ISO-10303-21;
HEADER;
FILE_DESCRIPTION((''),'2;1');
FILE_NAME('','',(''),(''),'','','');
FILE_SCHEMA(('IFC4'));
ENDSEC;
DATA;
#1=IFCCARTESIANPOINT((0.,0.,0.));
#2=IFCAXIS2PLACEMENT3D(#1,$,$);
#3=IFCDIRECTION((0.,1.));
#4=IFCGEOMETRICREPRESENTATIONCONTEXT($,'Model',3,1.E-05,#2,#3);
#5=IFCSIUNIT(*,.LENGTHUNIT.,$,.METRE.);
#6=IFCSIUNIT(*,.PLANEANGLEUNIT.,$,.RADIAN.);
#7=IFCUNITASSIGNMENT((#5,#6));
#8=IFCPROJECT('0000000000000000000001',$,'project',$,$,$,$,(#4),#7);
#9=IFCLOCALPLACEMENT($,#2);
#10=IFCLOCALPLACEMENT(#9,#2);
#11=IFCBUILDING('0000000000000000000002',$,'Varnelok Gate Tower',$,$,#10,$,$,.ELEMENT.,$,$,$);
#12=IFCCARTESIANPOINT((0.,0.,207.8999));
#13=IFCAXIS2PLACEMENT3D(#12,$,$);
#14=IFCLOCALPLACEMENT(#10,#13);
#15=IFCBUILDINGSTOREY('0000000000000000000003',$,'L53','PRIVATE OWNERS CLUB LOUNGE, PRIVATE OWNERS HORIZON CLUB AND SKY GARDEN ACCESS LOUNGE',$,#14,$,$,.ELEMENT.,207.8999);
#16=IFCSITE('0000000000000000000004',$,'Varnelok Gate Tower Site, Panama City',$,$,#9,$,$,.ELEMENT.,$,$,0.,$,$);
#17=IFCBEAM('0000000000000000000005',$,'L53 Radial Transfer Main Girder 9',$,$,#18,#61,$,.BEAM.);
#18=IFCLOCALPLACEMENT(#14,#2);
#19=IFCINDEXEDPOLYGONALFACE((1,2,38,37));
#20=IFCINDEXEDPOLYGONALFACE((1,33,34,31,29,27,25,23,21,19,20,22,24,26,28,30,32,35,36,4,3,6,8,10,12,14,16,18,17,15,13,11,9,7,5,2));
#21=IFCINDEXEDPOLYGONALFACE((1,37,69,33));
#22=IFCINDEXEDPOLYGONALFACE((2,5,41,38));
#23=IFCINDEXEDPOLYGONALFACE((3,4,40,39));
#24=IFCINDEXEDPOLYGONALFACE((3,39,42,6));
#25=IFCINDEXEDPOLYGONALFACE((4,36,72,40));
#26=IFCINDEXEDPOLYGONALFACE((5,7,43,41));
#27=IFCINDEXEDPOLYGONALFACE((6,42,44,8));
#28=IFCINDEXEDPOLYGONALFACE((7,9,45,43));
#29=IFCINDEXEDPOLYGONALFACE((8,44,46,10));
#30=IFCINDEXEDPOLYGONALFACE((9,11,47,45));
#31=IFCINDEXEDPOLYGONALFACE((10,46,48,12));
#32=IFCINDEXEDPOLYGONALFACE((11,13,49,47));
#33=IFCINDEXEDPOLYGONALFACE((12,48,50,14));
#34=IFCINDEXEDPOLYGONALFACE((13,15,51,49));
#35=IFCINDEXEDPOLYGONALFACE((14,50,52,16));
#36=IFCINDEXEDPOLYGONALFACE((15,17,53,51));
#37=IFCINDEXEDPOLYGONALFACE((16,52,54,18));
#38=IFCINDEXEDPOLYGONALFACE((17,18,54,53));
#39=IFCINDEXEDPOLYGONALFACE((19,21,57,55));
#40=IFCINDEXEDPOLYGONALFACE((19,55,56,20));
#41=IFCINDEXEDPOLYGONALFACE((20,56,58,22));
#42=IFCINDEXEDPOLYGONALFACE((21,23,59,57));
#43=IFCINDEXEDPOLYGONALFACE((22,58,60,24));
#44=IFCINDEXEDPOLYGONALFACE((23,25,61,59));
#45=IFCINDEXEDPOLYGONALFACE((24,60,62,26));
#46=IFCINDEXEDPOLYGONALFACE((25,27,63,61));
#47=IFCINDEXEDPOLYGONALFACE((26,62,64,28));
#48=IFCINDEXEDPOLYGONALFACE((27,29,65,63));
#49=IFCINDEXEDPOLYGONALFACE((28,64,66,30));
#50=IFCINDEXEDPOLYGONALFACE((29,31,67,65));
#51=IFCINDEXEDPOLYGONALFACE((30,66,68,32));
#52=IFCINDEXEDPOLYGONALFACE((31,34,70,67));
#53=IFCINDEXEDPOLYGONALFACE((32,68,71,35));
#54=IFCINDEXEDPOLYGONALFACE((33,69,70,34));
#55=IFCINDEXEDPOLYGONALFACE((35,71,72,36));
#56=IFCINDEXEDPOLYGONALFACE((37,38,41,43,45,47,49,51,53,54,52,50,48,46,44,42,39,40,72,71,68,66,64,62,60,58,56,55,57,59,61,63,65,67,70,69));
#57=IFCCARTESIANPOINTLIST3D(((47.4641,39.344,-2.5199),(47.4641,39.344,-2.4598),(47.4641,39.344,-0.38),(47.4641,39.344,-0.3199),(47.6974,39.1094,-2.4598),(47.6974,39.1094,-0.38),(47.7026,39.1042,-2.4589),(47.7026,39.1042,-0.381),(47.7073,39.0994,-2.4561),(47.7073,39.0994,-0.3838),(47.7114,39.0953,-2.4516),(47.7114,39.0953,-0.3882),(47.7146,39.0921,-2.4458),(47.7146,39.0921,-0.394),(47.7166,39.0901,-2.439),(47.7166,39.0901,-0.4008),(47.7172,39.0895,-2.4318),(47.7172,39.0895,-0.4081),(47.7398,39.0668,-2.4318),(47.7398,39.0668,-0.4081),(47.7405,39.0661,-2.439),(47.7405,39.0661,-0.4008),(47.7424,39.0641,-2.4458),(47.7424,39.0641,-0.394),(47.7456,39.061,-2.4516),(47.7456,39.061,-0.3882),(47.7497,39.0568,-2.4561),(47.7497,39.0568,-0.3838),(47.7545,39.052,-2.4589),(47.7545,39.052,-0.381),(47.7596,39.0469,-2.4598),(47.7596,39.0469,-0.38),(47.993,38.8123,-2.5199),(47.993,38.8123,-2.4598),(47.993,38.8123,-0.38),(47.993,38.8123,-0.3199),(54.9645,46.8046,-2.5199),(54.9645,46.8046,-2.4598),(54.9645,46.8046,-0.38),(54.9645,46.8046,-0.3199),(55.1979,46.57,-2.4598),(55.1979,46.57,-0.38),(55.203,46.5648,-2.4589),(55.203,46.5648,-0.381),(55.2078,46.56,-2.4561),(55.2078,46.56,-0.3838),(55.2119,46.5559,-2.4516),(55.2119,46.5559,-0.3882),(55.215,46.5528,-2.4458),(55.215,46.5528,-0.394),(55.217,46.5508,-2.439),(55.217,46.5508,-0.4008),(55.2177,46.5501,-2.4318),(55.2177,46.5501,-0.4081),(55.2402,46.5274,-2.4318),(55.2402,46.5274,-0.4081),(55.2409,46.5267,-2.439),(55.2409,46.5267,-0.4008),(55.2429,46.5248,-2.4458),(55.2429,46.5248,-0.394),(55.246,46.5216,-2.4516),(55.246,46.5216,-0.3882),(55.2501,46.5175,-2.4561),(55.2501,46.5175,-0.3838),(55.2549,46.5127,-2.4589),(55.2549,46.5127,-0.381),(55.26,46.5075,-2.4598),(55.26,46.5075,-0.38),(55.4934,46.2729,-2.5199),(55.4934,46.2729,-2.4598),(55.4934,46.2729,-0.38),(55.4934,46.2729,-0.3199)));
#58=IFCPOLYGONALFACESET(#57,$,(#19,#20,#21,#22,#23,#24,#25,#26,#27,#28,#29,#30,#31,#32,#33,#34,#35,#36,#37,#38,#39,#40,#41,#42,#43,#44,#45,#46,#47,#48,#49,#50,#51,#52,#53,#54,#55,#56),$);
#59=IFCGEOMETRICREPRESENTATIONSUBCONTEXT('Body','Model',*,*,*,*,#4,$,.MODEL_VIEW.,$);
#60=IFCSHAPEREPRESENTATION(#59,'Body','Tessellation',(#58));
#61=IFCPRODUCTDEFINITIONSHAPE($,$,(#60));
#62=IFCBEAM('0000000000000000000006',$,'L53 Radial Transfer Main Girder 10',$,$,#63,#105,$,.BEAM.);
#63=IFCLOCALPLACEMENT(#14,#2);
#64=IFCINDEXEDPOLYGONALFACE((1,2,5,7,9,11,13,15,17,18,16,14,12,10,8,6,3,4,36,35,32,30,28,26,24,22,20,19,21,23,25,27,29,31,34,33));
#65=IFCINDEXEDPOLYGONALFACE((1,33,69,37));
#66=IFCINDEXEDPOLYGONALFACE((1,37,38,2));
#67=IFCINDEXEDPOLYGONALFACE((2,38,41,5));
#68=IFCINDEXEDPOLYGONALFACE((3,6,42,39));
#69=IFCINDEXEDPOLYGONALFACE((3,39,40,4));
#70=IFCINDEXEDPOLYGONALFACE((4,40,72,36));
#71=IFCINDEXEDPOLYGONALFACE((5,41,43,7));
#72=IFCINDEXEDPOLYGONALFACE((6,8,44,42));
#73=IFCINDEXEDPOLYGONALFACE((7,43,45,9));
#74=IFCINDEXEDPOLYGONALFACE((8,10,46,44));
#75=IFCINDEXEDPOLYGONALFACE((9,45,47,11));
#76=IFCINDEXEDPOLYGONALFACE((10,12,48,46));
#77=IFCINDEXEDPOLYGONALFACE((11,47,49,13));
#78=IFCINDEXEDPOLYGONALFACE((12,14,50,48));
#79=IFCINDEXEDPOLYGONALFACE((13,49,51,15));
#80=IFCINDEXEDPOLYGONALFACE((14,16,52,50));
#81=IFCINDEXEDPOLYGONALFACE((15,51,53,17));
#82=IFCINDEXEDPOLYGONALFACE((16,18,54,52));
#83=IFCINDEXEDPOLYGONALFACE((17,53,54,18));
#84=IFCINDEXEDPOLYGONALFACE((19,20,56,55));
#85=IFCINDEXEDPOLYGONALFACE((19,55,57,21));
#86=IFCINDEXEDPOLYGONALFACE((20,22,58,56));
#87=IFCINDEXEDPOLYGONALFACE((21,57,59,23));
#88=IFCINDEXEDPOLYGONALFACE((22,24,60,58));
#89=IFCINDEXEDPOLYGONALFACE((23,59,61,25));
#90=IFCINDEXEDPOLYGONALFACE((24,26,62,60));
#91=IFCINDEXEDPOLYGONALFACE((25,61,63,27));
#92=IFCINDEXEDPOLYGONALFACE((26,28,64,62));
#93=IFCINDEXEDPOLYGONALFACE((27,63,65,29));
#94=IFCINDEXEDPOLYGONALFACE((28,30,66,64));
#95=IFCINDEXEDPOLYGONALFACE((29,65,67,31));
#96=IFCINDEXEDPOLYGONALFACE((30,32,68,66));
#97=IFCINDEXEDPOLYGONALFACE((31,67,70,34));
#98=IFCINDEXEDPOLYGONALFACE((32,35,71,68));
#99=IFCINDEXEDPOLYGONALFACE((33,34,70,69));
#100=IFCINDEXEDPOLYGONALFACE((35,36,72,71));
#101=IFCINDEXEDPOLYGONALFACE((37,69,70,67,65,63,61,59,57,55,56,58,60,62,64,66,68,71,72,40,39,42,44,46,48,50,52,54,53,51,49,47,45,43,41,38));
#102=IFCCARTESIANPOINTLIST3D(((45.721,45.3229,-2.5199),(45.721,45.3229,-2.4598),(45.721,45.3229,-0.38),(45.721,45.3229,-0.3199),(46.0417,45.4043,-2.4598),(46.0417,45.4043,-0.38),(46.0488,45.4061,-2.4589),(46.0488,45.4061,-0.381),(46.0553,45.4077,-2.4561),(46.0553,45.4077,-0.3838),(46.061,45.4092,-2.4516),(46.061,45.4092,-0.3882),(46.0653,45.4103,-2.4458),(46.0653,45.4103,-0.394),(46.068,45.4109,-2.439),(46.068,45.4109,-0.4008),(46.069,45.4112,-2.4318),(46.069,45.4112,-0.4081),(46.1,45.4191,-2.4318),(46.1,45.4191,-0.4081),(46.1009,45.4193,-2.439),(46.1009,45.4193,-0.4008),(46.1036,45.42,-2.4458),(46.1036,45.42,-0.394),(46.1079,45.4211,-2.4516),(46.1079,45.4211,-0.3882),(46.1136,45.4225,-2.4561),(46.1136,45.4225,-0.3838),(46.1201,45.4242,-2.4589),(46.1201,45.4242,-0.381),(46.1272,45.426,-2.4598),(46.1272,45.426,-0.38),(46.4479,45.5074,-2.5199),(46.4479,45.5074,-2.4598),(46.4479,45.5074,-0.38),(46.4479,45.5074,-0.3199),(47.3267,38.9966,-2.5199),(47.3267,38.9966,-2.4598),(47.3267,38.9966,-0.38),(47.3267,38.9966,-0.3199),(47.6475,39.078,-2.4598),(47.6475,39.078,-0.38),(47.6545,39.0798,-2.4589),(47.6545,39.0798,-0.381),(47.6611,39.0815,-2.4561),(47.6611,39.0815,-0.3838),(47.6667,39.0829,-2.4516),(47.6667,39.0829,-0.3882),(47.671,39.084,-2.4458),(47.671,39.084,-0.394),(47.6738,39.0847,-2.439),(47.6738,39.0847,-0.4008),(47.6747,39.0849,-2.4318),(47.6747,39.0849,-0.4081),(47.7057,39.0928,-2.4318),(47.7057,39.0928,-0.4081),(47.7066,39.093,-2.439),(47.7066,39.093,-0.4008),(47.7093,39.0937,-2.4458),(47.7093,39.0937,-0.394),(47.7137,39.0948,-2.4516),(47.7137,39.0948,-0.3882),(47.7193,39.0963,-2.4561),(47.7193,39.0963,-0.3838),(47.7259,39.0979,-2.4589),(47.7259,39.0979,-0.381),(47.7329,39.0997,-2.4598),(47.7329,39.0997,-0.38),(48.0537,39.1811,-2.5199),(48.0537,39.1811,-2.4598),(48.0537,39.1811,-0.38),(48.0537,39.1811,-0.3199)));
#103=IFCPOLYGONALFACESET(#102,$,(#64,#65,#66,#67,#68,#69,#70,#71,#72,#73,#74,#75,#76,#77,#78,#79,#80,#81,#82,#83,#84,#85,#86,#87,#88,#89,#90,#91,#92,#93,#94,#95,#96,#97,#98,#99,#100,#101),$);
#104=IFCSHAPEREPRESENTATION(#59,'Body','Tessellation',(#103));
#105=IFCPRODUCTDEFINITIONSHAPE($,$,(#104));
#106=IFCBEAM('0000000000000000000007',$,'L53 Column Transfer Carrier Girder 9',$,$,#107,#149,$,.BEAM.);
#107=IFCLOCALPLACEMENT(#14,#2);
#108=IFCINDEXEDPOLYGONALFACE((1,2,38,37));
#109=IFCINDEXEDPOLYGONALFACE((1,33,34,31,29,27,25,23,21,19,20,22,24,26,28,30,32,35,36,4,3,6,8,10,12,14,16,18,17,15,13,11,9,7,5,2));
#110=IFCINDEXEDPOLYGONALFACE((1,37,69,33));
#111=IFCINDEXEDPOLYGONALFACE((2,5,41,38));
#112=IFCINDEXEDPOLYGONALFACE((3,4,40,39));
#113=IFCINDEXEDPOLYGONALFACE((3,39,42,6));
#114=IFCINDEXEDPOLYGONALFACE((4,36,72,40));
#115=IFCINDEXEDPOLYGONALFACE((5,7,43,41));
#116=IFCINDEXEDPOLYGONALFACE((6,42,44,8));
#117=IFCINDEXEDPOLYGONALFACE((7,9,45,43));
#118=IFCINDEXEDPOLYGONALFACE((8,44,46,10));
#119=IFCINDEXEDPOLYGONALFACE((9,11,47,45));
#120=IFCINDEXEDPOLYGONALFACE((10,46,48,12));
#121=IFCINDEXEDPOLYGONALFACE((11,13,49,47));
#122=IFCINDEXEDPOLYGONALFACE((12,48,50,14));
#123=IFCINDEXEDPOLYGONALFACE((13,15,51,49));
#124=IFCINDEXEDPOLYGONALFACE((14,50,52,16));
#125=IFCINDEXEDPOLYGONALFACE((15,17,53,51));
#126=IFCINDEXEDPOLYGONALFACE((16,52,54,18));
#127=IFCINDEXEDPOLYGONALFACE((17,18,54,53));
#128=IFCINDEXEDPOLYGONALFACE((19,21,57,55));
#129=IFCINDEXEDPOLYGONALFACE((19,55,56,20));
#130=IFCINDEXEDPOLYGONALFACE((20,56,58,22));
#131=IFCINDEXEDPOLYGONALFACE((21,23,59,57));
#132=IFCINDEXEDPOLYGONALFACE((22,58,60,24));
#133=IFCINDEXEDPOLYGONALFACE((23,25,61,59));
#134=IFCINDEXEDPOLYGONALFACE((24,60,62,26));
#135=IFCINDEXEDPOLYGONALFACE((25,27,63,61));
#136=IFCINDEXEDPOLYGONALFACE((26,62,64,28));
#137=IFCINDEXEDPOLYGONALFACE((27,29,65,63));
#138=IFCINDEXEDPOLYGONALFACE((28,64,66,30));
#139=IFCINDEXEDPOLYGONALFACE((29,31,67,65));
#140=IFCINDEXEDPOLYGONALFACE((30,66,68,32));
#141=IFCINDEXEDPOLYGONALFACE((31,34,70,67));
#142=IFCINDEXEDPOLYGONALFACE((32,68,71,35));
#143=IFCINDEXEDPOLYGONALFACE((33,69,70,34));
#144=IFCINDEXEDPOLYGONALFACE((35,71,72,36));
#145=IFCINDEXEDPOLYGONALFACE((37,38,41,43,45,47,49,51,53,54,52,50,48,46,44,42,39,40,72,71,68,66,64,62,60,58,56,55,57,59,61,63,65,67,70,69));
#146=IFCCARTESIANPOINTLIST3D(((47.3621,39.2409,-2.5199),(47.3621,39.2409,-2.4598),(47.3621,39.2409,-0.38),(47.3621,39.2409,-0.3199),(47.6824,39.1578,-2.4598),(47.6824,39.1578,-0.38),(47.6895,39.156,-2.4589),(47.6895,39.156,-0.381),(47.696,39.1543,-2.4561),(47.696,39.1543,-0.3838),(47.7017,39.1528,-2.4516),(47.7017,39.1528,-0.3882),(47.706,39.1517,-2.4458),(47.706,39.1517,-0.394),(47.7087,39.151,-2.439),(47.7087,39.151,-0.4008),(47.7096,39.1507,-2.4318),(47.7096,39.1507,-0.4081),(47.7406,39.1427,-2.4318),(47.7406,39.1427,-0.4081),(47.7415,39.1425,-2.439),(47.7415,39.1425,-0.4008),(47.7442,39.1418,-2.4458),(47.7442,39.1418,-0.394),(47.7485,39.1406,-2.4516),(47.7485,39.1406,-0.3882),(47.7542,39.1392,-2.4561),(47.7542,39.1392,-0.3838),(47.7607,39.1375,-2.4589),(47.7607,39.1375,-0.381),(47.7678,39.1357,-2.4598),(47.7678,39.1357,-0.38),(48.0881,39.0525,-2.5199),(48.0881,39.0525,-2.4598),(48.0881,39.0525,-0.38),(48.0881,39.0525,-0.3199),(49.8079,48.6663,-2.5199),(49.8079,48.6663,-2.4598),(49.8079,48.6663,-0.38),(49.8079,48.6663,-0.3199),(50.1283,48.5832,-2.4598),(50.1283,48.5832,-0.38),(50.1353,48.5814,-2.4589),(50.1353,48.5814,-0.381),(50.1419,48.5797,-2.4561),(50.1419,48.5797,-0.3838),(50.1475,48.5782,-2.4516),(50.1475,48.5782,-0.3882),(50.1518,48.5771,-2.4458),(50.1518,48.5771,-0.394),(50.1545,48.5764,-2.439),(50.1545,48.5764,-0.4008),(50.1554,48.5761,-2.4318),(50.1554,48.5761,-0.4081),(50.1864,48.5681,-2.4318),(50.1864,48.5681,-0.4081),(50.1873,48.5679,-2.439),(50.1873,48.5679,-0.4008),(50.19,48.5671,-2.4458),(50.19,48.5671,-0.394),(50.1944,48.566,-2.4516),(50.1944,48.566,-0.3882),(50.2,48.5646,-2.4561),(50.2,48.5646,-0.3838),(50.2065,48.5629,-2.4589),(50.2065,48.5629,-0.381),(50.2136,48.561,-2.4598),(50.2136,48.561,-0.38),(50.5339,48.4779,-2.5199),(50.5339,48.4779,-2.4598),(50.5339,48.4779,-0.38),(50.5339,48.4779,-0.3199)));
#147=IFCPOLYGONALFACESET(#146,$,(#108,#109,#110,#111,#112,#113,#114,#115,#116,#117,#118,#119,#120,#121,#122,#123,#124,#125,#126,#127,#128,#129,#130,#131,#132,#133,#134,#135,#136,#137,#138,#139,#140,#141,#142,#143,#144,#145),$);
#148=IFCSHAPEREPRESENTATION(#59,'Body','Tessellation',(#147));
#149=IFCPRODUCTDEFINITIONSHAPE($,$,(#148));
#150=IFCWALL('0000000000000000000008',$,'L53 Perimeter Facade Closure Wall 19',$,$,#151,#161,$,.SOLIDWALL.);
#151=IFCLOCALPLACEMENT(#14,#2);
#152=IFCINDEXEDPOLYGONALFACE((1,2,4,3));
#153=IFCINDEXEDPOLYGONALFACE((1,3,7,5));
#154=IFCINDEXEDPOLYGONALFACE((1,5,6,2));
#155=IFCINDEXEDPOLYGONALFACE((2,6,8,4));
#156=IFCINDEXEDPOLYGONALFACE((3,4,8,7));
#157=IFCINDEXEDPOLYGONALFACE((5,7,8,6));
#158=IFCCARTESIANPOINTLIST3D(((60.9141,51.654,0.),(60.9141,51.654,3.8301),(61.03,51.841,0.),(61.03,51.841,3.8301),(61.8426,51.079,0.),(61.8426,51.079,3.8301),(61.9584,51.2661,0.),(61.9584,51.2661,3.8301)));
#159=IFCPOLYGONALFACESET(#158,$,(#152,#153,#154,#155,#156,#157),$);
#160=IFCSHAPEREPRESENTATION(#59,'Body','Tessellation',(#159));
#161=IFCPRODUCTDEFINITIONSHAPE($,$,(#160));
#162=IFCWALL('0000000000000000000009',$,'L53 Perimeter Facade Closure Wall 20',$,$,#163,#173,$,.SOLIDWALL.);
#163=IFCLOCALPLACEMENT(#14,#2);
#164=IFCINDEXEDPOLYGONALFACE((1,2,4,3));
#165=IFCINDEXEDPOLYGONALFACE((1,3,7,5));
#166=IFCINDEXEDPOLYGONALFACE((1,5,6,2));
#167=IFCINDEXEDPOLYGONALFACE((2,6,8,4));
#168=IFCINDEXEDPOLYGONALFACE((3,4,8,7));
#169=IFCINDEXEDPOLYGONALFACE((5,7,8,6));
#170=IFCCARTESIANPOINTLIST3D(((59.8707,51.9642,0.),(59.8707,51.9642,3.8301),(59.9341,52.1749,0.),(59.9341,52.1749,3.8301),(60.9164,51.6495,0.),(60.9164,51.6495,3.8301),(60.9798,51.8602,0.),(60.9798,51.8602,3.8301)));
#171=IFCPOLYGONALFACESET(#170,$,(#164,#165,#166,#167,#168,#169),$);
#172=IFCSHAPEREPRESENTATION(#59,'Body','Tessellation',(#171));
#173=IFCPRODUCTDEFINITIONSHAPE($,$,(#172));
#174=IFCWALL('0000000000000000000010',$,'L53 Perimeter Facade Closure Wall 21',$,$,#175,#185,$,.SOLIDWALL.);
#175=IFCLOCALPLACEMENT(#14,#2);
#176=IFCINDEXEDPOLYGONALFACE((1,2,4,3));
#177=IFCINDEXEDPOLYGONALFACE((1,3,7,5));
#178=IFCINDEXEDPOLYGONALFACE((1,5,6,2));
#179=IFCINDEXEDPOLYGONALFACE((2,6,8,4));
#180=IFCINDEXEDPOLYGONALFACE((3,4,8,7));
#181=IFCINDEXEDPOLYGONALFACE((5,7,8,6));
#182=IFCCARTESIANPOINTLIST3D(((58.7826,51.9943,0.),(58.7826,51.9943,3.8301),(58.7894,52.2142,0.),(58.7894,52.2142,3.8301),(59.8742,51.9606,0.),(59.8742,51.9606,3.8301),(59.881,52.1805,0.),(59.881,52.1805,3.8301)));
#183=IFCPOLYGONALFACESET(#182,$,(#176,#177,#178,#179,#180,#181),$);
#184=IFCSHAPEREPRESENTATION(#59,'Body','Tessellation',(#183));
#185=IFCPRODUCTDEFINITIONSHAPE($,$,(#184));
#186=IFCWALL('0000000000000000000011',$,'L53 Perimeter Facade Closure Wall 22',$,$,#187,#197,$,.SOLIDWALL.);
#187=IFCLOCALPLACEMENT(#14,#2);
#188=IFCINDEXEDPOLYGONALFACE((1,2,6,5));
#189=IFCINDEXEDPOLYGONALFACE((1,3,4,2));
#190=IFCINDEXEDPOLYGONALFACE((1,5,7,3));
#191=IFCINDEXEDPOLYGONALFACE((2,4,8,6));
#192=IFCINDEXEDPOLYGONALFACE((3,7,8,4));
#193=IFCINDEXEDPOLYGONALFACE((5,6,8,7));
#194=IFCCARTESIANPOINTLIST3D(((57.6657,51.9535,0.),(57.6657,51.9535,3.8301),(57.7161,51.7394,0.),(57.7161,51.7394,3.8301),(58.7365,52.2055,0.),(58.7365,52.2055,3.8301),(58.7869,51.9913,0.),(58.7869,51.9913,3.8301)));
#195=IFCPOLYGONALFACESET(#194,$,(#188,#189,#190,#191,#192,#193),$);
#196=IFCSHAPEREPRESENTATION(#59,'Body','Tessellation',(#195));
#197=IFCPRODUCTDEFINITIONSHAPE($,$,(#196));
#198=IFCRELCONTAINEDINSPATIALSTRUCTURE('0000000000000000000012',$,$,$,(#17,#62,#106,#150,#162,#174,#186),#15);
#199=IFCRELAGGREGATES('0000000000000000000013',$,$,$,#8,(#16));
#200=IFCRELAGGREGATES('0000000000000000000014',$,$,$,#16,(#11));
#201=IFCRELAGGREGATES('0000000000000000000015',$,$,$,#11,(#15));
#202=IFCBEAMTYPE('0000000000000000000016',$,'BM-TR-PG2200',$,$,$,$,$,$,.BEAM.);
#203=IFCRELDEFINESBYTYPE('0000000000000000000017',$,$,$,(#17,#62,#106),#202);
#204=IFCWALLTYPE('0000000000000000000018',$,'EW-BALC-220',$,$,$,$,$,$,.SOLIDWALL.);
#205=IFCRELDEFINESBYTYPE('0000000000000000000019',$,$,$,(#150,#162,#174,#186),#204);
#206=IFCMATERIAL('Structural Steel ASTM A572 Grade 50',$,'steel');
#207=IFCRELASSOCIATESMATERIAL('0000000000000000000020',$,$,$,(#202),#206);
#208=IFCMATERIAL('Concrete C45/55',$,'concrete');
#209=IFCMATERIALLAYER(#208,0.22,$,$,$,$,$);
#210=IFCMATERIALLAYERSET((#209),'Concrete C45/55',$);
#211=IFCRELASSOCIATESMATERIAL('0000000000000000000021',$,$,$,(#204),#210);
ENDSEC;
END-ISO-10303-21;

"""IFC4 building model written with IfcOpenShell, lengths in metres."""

from ifc_helpers import new_model, si_unit, direction, frame, frame_2d, origin, origin_2d, place, context, subcontext, project, spatial, rectangle, i_section, extrude, material, layer, layer_set, material_profile, profile_set, type_object, element, save


model = new_model("IFC4")

# Units and contexts
model_context = context("Model", 3, precision=1e-05, world=origin(), true_north=direction((0.0, 1.0)))
body_context = subcontext(model_context, "Body", "Model", "MODEL_VIEW")
ifc_project = project(units=[si_unit("LENGTHUNIT", "METRE"), si_unit("PLANEANGLEUNIT", "RADIAN")], contexts=[model_context])

# Site, building, storey
site_placement = place(None, origin())
site = spatial("IfcSite", under=ifc_project, at=site_placement, Name="Varnelok Gate Tower Site, Panama City", CompositionType="ELEMENT", RefElevation=0.0)
building_placement = place(site_placement, origin())
building = spatial("IfcBuilding", under=site, at=building_placement, Name="Varnelok Gate Tower", CompositionType="ELEMENT")
storey_placement = place(building_placement, frame((0.0, 0.0, 207.8999)))
storey = spatial("IfcBuildingStorey", under=building, at=storey_placement, Name="L53", Description="PRIVATE OWNERS CLUB LOUNGE, PRIVATE OWNERS HORIZON CLUB AND SKY GARDEN ACCESS LOUNGE", CompositionType="ELEMENT", Elevation=207.8999)

# Beams
ifc_material_1 = material(Name="Structural Steel ASTM A572 Grade 50", Category="steel")
ifc_material_profile_1 = material_profile(ifc_material_1, i_section(OverallWidth=0.75, OverallDepth=2.2, WebThickness=0.032, FlangeThickness=0.0601, FilletRadius=0.0281, at=origin_2d()), Name="PG2200X750")
ifc_profile_set_1 = profile_set([ifc_material_profile_1], Name="Structural Steel ASTM A572 Grade 50")
beam_type = type_object("IfcBeamType", Name="BM-TR-PG2200", PredefinedType="BEAM", material=ifc_profile_set_1)
beam_1_placement = place(storey_placement, frame((47.7285, 39.0781, -1.4199), z_axis=(0.708985, 0.705223, 0.0), x_axis=(-0.705223, 0.708985, 0.0)))
element("IfcBeam", 1, at=beam_1_placement, inside=storey, type_object=beam_type, Name="L53 Radial Transfer Main Girder 9", PredefinedType="BEAM", context=body_context, shape_type="SweptSolid", body=[
    extrude(i_section(OverallWidth=0.75, OverallDepth=2.2, WebThickness=0.032, FlangeThickness=0.0601, FilletRadius=0.0281, at=origin_2d()), origin(), (0.0, 0.0, 1.0), 10.5791),
])
beam_2_placement = place(storey_placement, frame((47.6902, 39.0889, -1.4199), z_axis=(-0.246019, 0.969265, 0.0), x_axis=(-0.969265, -0.246019, 0.0)))
element("IfcBeam", 2, at=beam_2_placement, inside=storey, type_object=beam_type, Name="L53 Radial Transfer Main Girder 10", PredefinedType="BEAM", context=body_context, shape_type="SweptSolid", body=[
    extrude(i_section(OverallWidth=0.75, OverallDepth=2.2, WebThickness=0.032, FlangeThickness=0.0601, FilletRadius=0.0281, at=origin_2d()), origin(), (0.0, 0.0, 1.0), 6.5269),
])
beam_3_placement = place(storey_placement, frame((47.7251, 39.1467, -1.4199), z_axis=(0.251174, 0.967942, 0.0), x_axis=(-0.967942, 0.251174, 0.0)))
element("IfcBeam", 3, at=beam_3_placement, inside=storey, type_object=beam_type, Name="L53 Column Transfer Carrier Girder 9", PredefinedType="BEAM", context=body_context, shape_type="SweptSolid", body=[
    extrude(i_section(OverallWidth=0.75, OverallDepth=2.2, WebThickness=0.032, FlangeThickness=0.0601, FilletRadius=0.0281, at=origin_2d()), origin(), (0.0, 0.0, 1.0), 9.7375),
])

# Walls
ifc_material_2 = material(Name="Concrete C45/55", Category="concrete")
ifc_layer_1 = layer(ifc_material_2, 0.22)
ifc_layer_set_1 = layer_set([ifc_layer_1], Name="Concrete C45/55")
wall_type_1 = type_object("IfcWallType", Name="EW-BALC-220", PredefinedType="SOLIDWALL", material=ifc_layer_set_1)
for number, where, z_axis, x_axis, name in (
    (4, (61.9004, 51.1726, 0.0), (0.0, 0.0, 1.0), (-0.850189, 0.526478, 0.0), "L53 Perimeter Facade Closure Wall 19"),
    (5, (60.948, 51.7549, 0.0), (0.0, 0.0, 1.0), (-0.957574, 0.288189, 0.0), "L53 Perimeter Facade Closure Wall 20"),
    (6, (59.8774, 52.0706, 0.0), (0.0, 0.0, 1.0), (-0.999524, 0.030851, 0.0), "L53 Perimeter Facade Closure Wall 21"),
):
    element("IfcWall", number, at=place(storey_placement, frame(where, z_axis=z_axis, x_axis=x_axis)), inside=storey, type_object=wall_type_1, Name=name, PredefinedType="SOLIDWALL", context=body_context, shape_type="SweptSolid", body=[
        extrude(rectangle(XDim=1.092, YDim=0.22, at=frame_2d((0.5459, 0.0))), origin(), (0.0, 0.0, 1.0), 3.8301),
    ])
wall_1_placement = place(storey_placement, frame((58.7617, 52.0984, 0.0), z_axis=(0.0, 0.0, 1.0), x_axis=(-0.973417, -0.229039, 0.0)))
element("IfcWall", 7, at=wall_1_placement, inside=storey, type_object=wall_type_1, Name="L53 Perimeter Facade Closure Wall 22", PredefinedType="SOLIDWALL", context=body_context, shape_type="SweptSolid", body=[
    extrude(rectangle(XDim=1.1001, YDim=0.22, at=frame_2d((0.55, 0.0))), origin(), (0.0, 0.0, 1.0), 3.8301),
])

save(model, "model.ifc")
